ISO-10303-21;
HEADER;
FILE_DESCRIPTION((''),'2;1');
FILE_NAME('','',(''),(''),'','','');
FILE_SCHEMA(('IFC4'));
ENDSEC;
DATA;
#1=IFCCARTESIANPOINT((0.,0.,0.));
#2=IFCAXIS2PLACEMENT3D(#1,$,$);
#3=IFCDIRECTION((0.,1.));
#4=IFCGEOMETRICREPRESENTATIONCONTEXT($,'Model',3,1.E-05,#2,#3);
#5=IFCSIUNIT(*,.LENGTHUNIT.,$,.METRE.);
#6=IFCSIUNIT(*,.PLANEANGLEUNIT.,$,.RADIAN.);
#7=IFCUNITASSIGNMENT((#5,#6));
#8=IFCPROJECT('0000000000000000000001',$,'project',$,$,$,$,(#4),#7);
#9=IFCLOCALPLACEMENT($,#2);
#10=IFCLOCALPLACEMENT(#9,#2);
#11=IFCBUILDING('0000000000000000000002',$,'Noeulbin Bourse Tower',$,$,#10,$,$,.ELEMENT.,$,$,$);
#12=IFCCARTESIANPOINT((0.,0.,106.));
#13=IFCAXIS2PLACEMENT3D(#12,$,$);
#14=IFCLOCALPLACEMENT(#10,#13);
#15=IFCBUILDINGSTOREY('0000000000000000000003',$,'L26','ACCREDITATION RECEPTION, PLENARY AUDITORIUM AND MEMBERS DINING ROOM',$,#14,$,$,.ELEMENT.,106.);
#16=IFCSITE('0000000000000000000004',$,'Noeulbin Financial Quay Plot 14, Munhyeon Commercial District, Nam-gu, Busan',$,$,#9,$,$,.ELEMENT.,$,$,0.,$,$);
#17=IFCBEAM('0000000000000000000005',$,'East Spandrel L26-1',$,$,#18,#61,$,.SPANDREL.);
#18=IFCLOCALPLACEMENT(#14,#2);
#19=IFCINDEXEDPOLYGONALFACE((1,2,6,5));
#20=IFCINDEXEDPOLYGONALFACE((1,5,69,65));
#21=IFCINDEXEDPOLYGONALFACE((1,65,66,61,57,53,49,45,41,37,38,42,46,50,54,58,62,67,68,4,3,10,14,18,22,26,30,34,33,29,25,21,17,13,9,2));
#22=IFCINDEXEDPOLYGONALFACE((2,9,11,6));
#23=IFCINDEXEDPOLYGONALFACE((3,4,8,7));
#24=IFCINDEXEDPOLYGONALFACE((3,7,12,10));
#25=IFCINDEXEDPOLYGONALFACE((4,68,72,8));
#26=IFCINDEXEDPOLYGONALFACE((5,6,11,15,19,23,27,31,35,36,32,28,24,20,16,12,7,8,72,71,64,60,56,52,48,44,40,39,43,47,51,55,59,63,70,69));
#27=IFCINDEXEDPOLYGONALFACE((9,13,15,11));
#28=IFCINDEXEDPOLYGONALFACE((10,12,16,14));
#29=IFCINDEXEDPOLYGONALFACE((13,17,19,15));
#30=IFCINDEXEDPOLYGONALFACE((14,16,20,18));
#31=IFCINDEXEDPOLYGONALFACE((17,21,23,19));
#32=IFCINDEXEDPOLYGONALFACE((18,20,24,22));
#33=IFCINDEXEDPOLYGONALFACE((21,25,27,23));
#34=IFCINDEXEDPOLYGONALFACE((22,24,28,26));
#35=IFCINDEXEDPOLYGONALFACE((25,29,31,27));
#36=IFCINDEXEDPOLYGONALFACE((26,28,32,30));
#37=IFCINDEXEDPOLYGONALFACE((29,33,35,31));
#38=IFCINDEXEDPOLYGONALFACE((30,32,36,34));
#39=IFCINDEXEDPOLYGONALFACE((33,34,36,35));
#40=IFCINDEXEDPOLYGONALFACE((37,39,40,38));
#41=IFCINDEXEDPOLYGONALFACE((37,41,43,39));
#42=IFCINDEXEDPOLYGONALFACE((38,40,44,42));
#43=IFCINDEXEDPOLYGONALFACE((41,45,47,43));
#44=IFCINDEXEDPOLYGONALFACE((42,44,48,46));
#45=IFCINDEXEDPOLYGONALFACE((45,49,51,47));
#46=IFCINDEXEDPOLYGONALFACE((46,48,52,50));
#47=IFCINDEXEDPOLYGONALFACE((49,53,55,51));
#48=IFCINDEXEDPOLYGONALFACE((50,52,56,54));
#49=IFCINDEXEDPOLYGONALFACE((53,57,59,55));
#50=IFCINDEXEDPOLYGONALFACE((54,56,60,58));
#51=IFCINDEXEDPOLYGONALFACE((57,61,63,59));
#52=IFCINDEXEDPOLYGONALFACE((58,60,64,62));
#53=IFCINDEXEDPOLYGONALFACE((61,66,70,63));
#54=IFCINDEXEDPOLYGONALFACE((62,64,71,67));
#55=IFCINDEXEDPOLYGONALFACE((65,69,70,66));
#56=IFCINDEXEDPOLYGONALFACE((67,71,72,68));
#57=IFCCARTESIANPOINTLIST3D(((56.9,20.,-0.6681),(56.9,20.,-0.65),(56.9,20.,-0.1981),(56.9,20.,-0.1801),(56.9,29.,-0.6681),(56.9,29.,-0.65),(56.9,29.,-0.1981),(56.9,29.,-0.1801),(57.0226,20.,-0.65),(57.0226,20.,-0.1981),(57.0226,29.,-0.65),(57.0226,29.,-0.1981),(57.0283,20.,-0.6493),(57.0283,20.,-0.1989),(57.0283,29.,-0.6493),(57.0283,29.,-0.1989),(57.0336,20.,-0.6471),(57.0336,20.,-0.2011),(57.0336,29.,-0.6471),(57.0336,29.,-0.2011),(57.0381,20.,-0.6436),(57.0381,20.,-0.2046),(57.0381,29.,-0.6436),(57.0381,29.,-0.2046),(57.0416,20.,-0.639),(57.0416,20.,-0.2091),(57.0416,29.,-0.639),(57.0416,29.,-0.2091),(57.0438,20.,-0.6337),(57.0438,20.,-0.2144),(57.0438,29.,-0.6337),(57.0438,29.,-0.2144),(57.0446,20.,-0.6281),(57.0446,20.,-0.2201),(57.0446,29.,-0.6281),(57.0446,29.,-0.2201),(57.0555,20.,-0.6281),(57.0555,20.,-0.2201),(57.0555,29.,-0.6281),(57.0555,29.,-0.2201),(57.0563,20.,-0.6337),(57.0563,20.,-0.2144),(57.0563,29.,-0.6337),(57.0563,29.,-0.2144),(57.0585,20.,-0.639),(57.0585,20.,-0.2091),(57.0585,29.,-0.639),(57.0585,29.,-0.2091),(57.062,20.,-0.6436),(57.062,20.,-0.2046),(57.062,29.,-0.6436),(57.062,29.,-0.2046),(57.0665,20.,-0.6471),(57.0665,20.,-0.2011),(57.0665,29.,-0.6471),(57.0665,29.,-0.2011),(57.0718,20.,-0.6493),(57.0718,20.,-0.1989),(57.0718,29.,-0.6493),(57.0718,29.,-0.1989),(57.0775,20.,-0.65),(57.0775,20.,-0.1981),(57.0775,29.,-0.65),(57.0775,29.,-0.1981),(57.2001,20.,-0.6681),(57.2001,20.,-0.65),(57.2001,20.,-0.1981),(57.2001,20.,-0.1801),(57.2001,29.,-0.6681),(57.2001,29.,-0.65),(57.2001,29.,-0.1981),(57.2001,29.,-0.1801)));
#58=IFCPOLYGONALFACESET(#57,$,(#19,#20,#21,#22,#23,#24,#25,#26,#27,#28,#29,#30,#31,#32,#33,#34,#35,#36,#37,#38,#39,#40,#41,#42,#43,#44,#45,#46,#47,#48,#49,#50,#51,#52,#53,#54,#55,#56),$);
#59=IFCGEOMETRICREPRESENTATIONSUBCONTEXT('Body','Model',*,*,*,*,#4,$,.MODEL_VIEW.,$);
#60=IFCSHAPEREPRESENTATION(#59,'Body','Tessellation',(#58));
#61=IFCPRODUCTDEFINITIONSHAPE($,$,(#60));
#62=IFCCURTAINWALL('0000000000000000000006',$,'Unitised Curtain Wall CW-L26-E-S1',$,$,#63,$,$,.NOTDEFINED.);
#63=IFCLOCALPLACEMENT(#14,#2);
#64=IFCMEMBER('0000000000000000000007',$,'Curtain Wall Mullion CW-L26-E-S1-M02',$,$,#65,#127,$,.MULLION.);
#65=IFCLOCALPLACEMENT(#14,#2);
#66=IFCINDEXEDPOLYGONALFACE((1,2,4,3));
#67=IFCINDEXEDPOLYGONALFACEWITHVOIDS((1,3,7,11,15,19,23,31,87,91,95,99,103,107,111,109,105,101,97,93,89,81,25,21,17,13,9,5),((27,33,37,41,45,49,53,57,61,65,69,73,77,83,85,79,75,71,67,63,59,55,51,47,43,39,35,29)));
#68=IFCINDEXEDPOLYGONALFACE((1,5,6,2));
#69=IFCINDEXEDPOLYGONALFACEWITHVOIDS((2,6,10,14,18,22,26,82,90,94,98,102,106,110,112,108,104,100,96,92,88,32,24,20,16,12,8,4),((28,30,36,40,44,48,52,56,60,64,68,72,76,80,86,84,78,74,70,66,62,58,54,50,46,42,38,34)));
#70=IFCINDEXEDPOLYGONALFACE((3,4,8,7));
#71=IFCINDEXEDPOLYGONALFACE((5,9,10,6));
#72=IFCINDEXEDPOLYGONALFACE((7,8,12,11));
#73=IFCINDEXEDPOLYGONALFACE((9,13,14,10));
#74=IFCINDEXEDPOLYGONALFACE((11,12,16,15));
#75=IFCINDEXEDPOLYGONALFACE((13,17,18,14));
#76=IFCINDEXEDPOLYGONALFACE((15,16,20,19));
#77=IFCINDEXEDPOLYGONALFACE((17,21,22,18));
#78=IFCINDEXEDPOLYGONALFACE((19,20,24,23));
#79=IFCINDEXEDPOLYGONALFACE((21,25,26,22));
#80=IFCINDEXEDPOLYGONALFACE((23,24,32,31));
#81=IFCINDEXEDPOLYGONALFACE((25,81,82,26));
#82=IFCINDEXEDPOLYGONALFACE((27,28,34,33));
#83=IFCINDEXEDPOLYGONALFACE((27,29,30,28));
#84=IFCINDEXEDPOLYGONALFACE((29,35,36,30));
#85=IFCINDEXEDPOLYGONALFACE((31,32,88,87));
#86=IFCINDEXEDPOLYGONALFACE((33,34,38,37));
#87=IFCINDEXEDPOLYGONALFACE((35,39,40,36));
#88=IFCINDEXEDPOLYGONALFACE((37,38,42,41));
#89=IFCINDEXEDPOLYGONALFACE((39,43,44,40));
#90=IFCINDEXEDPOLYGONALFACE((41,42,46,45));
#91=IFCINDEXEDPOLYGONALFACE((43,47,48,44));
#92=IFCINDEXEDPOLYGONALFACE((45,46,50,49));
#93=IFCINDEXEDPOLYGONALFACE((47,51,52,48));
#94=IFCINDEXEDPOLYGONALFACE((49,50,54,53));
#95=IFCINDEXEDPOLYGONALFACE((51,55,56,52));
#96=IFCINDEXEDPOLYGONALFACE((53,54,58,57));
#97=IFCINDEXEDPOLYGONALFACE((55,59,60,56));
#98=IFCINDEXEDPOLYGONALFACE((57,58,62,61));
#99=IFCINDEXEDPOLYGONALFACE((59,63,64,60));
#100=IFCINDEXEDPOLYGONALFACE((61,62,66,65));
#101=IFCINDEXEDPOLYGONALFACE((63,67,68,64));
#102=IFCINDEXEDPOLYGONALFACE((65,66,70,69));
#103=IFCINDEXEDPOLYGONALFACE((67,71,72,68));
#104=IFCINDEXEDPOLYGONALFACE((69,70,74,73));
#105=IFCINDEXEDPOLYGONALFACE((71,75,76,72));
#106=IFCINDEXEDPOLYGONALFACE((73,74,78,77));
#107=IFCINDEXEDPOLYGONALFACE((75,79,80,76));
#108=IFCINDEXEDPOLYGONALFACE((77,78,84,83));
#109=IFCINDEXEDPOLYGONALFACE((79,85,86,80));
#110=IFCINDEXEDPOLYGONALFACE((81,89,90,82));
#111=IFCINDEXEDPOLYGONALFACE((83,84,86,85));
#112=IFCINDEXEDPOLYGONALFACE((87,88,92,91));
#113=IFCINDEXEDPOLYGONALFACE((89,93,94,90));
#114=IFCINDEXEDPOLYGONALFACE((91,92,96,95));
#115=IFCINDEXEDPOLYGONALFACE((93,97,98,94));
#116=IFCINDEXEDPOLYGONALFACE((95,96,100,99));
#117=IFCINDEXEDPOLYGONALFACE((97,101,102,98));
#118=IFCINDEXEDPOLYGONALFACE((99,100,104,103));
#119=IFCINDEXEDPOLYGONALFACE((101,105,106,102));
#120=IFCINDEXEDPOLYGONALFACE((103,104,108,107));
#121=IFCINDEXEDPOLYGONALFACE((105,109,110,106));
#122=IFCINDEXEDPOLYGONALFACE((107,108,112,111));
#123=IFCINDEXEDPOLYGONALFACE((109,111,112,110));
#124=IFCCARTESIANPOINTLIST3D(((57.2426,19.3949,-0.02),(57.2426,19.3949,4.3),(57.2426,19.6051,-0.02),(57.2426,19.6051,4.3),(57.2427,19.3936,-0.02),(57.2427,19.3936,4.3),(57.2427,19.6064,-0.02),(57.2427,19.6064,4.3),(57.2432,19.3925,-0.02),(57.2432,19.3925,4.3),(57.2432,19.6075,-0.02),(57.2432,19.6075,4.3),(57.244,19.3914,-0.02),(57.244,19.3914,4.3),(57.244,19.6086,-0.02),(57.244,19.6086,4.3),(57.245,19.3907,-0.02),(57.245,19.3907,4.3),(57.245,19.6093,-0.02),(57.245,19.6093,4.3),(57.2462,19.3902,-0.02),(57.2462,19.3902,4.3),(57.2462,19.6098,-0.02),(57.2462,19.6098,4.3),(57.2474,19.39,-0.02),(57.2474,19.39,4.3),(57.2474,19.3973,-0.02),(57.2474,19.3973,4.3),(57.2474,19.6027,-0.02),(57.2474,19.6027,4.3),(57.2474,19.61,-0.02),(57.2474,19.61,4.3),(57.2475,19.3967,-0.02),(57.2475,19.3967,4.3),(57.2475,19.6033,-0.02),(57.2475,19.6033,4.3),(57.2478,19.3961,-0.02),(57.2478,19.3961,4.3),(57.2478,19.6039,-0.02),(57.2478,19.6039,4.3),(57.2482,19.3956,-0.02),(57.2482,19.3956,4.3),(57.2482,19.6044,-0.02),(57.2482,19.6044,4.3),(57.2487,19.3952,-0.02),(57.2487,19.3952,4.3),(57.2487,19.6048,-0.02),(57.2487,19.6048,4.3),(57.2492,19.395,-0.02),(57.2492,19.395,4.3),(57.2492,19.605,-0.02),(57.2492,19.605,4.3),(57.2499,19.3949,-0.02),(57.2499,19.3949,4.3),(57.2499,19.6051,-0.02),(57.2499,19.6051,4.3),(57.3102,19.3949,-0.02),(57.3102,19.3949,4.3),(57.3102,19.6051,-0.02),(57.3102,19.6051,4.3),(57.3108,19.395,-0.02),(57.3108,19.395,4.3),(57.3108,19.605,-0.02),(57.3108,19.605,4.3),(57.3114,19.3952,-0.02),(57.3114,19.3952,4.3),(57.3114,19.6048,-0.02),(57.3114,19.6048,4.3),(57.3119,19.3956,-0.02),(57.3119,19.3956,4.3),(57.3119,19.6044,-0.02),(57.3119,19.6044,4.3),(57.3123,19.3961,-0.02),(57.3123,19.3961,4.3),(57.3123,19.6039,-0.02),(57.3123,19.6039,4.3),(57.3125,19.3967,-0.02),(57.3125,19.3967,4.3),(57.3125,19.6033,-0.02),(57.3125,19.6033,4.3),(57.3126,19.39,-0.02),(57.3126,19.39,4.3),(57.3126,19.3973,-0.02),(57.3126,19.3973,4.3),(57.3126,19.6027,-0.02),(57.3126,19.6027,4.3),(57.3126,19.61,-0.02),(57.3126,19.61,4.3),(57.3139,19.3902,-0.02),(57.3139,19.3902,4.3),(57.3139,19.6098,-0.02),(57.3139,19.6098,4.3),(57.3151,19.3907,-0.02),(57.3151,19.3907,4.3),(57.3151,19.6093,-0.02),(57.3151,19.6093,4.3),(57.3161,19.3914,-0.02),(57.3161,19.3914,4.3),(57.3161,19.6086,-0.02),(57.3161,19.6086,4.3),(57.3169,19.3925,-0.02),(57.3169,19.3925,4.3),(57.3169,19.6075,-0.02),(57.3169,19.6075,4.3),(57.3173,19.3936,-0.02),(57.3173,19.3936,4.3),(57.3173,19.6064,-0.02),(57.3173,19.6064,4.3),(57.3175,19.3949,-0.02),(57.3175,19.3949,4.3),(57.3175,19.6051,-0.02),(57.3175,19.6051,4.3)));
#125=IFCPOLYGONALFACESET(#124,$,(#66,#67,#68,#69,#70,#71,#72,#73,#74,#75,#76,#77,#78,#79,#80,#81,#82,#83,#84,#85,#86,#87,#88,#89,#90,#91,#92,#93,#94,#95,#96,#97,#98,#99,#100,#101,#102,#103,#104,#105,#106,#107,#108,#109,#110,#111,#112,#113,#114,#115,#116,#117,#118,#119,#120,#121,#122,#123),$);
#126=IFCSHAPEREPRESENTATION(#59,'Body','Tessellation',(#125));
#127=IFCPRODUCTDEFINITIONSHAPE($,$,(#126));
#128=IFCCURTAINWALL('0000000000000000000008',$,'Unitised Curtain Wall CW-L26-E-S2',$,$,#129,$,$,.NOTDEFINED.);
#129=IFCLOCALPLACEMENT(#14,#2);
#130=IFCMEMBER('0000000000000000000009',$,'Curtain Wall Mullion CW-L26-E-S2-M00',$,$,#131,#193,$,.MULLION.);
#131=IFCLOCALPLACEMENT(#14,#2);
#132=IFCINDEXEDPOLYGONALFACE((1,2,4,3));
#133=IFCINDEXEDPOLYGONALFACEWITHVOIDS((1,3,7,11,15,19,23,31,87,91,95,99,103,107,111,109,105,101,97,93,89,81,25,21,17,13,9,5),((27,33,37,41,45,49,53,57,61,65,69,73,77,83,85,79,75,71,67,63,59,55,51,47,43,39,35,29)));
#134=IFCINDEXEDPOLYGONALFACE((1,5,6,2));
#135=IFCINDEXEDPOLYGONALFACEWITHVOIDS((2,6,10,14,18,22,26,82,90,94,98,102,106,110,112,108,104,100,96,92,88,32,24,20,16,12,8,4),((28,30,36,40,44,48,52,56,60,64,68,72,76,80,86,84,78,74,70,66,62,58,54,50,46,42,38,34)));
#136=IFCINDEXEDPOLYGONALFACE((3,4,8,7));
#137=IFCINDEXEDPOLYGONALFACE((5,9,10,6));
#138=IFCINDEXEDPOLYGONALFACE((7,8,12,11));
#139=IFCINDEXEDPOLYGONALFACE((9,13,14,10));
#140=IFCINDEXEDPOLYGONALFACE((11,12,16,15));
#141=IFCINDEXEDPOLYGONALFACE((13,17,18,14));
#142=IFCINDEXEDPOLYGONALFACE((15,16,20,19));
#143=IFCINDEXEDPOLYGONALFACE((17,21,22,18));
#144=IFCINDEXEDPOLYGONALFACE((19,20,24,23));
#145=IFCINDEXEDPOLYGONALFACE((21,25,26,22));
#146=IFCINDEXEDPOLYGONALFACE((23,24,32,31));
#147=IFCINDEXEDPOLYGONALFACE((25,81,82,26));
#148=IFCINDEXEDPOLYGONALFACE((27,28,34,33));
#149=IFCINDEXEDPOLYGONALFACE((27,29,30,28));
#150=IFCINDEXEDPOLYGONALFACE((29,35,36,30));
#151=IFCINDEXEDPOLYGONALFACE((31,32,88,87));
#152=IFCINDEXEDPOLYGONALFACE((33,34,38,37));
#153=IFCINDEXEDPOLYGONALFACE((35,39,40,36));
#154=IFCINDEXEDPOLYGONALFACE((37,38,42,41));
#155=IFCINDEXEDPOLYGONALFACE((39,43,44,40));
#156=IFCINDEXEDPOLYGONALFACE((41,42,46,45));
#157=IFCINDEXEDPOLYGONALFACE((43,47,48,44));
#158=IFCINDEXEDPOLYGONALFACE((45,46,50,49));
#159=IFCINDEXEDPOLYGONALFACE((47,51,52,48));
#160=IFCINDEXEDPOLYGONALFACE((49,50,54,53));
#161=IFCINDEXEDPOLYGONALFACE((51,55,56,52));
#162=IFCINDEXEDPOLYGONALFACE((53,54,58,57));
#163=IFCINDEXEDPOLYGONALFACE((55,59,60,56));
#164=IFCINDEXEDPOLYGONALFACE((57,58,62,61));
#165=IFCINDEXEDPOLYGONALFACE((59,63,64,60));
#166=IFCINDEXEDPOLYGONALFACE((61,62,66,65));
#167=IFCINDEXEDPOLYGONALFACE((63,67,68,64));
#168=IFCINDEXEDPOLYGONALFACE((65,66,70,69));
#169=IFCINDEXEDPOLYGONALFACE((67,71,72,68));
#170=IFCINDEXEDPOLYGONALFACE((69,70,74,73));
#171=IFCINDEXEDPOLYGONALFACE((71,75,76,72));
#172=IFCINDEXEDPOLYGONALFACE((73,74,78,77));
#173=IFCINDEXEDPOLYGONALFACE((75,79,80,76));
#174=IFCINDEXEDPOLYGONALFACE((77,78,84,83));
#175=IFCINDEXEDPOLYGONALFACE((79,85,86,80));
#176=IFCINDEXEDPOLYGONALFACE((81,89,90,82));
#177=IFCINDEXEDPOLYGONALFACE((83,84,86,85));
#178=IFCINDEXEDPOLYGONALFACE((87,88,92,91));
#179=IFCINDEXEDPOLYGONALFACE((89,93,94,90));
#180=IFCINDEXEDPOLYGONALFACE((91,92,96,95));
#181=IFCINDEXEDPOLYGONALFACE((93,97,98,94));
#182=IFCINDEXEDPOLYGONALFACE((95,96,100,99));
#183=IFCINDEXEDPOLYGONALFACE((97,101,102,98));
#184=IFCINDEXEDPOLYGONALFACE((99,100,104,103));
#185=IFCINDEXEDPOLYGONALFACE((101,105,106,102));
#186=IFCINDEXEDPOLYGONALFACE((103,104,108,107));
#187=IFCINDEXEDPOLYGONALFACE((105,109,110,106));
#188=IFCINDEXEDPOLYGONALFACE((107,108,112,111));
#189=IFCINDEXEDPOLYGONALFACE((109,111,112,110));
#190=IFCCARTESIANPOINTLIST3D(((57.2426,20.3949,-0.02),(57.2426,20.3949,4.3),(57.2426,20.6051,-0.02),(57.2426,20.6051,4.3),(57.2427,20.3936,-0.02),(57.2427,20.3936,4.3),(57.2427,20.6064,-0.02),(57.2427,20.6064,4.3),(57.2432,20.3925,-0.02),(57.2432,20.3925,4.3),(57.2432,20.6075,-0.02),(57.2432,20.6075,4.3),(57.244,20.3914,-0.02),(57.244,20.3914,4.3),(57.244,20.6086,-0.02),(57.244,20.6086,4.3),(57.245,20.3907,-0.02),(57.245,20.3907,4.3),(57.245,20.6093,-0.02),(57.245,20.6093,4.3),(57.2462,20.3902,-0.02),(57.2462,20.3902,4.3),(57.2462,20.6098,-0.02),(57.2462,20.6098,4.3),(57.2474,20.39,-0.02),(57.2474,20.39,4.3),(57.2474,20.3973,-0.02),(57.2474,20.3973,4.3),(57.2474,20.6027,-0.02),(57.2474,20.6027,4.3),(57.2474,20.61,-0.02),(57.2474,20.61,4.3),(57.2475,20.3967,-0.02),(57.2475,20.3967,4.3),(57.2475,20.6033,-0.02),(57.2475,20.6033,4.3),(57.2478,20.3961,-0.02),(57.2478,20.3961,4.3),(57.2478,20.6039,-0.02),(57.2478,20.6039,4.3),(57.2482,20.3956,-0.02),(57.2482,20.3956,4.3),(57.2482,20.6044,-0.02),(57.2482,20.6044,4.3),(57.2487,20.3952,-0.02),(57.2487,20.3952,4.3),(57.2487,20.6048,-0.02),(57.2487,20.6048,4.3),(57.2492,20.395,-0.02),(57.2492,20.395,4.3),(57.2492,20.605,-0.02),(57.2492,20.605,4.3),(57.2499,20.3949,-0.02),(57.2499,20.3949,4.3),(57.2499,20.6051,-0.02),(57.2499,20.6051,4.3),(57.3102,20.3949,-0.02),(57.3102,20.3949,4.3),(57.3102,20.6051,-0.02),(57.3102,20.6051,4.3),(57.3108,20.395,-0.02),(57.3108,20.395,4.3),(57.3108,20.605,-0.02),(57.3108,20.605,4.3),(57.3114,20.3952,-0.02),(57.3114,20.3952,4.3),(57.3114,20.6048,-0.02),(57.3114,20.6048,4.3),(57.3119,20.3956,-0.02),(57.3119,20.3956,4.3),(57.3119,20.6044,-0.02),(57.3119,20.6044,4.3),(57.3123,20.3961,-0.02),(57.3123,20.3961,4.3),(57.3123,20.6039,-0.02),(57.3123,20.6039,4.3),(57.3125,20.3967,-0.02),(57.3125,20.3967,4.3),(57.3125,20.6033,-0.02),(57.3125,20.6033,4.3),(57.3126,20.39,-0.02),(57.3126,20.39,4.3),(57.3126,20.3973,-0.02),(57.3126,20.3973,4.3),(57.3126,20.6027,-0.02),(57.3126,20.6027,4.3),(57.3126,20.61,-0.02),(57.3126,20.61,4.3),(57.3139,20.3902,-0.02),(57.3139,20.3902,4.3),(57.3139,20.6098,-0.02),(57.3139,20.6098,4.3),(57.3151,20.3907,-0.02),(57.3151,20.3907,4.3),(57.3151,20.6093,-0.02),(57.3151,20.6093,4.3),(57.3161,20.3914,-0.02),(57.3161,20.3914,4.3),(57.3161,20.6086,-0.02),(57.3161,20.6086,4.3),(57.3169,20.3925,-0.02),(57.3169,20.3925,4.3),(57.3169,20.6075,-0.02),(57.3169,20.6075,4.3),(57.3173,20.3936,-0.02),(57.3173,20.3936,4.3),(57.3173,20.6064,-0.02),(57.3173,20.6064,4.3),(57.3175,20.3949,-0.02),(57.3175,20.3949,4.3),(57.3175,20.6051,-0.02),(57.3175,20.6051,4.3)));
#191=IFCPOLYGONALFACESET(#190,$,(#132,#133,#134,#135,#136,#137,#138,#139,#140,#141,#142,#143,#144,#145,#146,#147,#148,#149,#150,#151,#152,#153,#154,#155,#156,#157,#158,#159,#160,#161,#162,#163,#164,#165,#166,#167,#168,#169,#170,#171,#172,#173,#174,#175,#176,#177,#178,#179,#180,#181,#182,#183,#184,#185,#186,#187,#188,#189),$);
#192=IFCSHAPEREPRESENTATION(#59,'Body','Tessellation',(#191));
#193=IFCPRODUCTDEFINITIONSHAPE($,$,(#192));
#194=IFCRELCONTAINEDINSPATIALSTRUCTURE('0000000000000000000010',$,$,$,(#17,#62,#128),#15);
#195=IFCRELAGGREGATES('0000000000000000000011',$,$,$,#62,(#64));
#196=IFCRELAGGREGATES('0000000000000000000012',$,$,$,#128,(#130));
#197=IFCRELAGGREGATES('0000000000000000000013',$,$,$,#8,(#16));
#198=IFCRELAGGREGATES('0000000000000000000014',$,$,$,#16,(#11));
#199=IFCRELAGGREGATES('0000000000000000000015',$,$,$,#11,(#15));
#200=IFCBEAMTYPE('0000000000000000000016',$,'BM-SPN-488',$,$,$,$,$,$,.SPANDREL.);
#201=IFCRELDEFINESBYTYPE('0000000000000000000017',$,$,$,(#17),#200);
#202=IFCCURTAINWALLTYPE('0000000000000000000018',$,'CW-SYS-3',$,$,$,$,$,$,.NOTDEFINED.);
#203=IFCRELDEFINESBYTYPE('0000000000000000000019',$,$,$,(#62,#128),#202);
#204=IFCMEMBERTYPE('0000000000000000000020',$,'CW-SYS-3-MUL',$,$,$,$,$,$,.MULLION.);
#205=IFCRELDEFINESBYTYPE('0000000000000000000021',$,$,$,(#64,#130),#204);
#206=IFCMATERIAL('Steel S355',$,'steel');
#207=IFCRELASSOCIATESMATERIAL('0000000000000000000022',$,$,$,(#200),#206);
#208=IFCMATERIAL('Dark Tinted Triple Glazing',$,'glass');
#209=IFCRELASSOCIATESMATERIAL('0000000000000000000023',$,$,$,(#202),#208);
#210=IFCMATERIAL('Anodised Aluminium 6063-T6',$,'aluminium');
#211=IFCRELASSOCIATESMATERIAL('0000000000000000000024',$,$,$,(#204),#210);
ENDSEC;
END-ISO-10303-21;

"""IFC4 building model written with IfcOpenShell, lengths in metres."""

from ifc_helpers import new_model, si_unit, direction, frame, origin, origin_2d, place, context, subcontext, project, spatial, hollow_rectangle, i_section, extrude, material, material_profile, profile_set, type_object, element, aggregate, save


model = new_model("IFC4")

# Units and contexts
model_context = context("Model", 3, precision=1e-05, world=origin(), true_north=direction((0.0, 1.0)))
body_context = subcontext(model_context, "Body", "Model", "MODEL_VIEW")
ifc_project = project(units=[si_unit("LENGTHUNIT", "METRE"), si_unit("PLANEANGLEUNIT", "RADIAN")], contexts=[model_context])

# Site, building, storey
site_placement = place(None, origin())
site = spatial("IfcSite", under=ifc_project, at=site_placement, Name="Noeulbin Financial Quay Plot 14, Munhyeon Commercial District, Nam-gu, Busan", CompositionType="ELEMENT", RefElevation=0.0)
building_placement = place(site_placement, origin())
building = spatial("IfcBuilding", under=site, at=building_placement, Name="Noeulbin Bourse Tower", CompositionType="ELEMENT")
storey_placement = place(building_placement, frame((0.0, 0.0, 106.0)))
storey = spatial("IfcBuildingStorey", under=building, at=storey_placement, Name="L26", Description="ACCREDITATION RECEPTION, PLENARY AUDITORIUM AND MEMBERS DINING ROOM", CompositionType="ELEMENT", Elevation=106.0)

# Shared definitions
ifc_material_1 = material(Name="Steel S355", Category="steel")

# Beam
ifc_material_profile_1 = material_profile(ifc_material_1, i_section(OverallWidth=0.3, OverallDepth=0.488, WebThickness=0.011, FlangeThickness=0.0181, FilletRadius=0.022, at=origin_2d()), Name="H-488x300x11x18", Category="LoadBearing")
ifc_profile_set_1 = profile_set([ifc_material_profile_1], Name="Steel S355")
beam_type_1 = type_object("IfcBeamType", Name="BM-SPN-488", PredefinedType="SPANDREL", material=ifc_profile_set_1)
beam_1_placement = place(storey_placement, frame((57.05, 20.0, -0.4241), z_axis=(0.0, 1.0, 0.0), x_axis=(-1.0, 0.0, 0.0)))
element("IfcBeam", 1, at=beam_1_placement, inside=storey, type_object=beam_type_1, Name="East Spandrel L26-1", PredefinedType="SPANDREL", context=body_context, shape_type="SweptSolid", body=[
    extrude(i_section(OverallWidth=0.3, OverallDepth=0.488, WebThickness=0.011, FlangeThickness=0.0181, FilletRadius=0.022, at=origin_2d()), origin(), (0.0, 0.0, 1.0), 9.0),
])

# Curtain wall, member
ifc_material_2 = material(Name="Dark Tinted Triple Glazing", Category="glass")
curtain_wall_type = type_object("IfcCurtainWallType", Name="CW-SYS-3", PredefinedType="NOTDEFINED", material=ifc_material_2)
curtain_wall_1_placement = place(storey_placement, origin())
curtain_wall_1 = element("IfcCurtainWall", 2, at=curtain_wall_1_placement, inside=storey, type_object=curtain_wall_type, Name="Unitised Curtain Wall CW-L26-E-S1", PredefinedType="NOTDEFINED")
ifc_material_3 = material(Name="Anodised Aluminium 6063-T6", Category="aluminium")
ifc_material_profile_2 = material_profile(ifc_material_3, hollow_rectangle(XDim=0.075, YDim=0.22, WallThickness=0.0049, InnerFilletRadius=0.0024, OuterFilletRadius=0.0049, at=origin_2d()), Name="ALU-MULL-75x220x5", Category="LoadBearing")
ifc_profile_set_2 = profile_set([ifc_material_profile_2], Name="Anodised Aluminium 6063-T6")
member_type_1 = type_object("IfcMemberType", Name="CW-SYS-3-MUL", PredefinedType="MULLION", material=ifc_profile_set_2)
member_1_placement = place(storey_placement, frame((57.28, 19.5, -0.02), z_axis=(0.0, 0.0, 1.0), x_axis=(1.0, 0.0, 0.0)))
member_1 = element("IfcMember", 3, at=member_1_placement, type_object=member_type_1, Name="Curtain Wall Mullion CW-L26-E-S1-M02", PredefinedType="MULLION", context=body_context, shape_type="SweptSolid", body=[
    extrude(hollow_rectangle(XDim=0.075, YDim=0.22, WallThickness=0.0049, InnerFilletRadius=0.0024, OuterFilletRadius=0.0049, at=origin_2d()), origin(), (0.0, 0.0, 1.0), 4.3201),
])

# Curtain wall, member
curtain_wall_2_placement = place(storey_placement, origin())
curtain_wall_2 = element("IfcCurtainWall", 4, at=curtain_wall_2_placement, inside=storey, type_object=curtain_wall_type, Name="Unitised Curtain Wall CW-L26-E-S2", PredefinedType="NOTDEFINED")
member_2_placement = place(storey_placement, frame((57.28, 20.5, -0.02), z_axis=(0.0, 0.0, 1.0), x_axis=(1.0, 0.0, 0.0)))
member_2 = element("IfcMember", 5, at=member_2_placement, type_object=member_type_1, Name="Curtain Wall Mullion CW-L26-E-S2-M00", PredefinedType="MULLION", context=body_context, shape_type="SweptSolid", body=[
    extrude(hollow_rectangle(XDim=0.075, YDim=0.22, WallThickness=0.0049, InnerFilletRadius=0.0024, OuterFilletRadius=0.0049, at=origin_2d()), origin(), (0.0, 0.0, 1.0), 4.3201),
])

aggregate(curtain_wall_1, [member_1])
aggregate(curtain_wall_2, [member_2])

save(model, "model.ifc")
